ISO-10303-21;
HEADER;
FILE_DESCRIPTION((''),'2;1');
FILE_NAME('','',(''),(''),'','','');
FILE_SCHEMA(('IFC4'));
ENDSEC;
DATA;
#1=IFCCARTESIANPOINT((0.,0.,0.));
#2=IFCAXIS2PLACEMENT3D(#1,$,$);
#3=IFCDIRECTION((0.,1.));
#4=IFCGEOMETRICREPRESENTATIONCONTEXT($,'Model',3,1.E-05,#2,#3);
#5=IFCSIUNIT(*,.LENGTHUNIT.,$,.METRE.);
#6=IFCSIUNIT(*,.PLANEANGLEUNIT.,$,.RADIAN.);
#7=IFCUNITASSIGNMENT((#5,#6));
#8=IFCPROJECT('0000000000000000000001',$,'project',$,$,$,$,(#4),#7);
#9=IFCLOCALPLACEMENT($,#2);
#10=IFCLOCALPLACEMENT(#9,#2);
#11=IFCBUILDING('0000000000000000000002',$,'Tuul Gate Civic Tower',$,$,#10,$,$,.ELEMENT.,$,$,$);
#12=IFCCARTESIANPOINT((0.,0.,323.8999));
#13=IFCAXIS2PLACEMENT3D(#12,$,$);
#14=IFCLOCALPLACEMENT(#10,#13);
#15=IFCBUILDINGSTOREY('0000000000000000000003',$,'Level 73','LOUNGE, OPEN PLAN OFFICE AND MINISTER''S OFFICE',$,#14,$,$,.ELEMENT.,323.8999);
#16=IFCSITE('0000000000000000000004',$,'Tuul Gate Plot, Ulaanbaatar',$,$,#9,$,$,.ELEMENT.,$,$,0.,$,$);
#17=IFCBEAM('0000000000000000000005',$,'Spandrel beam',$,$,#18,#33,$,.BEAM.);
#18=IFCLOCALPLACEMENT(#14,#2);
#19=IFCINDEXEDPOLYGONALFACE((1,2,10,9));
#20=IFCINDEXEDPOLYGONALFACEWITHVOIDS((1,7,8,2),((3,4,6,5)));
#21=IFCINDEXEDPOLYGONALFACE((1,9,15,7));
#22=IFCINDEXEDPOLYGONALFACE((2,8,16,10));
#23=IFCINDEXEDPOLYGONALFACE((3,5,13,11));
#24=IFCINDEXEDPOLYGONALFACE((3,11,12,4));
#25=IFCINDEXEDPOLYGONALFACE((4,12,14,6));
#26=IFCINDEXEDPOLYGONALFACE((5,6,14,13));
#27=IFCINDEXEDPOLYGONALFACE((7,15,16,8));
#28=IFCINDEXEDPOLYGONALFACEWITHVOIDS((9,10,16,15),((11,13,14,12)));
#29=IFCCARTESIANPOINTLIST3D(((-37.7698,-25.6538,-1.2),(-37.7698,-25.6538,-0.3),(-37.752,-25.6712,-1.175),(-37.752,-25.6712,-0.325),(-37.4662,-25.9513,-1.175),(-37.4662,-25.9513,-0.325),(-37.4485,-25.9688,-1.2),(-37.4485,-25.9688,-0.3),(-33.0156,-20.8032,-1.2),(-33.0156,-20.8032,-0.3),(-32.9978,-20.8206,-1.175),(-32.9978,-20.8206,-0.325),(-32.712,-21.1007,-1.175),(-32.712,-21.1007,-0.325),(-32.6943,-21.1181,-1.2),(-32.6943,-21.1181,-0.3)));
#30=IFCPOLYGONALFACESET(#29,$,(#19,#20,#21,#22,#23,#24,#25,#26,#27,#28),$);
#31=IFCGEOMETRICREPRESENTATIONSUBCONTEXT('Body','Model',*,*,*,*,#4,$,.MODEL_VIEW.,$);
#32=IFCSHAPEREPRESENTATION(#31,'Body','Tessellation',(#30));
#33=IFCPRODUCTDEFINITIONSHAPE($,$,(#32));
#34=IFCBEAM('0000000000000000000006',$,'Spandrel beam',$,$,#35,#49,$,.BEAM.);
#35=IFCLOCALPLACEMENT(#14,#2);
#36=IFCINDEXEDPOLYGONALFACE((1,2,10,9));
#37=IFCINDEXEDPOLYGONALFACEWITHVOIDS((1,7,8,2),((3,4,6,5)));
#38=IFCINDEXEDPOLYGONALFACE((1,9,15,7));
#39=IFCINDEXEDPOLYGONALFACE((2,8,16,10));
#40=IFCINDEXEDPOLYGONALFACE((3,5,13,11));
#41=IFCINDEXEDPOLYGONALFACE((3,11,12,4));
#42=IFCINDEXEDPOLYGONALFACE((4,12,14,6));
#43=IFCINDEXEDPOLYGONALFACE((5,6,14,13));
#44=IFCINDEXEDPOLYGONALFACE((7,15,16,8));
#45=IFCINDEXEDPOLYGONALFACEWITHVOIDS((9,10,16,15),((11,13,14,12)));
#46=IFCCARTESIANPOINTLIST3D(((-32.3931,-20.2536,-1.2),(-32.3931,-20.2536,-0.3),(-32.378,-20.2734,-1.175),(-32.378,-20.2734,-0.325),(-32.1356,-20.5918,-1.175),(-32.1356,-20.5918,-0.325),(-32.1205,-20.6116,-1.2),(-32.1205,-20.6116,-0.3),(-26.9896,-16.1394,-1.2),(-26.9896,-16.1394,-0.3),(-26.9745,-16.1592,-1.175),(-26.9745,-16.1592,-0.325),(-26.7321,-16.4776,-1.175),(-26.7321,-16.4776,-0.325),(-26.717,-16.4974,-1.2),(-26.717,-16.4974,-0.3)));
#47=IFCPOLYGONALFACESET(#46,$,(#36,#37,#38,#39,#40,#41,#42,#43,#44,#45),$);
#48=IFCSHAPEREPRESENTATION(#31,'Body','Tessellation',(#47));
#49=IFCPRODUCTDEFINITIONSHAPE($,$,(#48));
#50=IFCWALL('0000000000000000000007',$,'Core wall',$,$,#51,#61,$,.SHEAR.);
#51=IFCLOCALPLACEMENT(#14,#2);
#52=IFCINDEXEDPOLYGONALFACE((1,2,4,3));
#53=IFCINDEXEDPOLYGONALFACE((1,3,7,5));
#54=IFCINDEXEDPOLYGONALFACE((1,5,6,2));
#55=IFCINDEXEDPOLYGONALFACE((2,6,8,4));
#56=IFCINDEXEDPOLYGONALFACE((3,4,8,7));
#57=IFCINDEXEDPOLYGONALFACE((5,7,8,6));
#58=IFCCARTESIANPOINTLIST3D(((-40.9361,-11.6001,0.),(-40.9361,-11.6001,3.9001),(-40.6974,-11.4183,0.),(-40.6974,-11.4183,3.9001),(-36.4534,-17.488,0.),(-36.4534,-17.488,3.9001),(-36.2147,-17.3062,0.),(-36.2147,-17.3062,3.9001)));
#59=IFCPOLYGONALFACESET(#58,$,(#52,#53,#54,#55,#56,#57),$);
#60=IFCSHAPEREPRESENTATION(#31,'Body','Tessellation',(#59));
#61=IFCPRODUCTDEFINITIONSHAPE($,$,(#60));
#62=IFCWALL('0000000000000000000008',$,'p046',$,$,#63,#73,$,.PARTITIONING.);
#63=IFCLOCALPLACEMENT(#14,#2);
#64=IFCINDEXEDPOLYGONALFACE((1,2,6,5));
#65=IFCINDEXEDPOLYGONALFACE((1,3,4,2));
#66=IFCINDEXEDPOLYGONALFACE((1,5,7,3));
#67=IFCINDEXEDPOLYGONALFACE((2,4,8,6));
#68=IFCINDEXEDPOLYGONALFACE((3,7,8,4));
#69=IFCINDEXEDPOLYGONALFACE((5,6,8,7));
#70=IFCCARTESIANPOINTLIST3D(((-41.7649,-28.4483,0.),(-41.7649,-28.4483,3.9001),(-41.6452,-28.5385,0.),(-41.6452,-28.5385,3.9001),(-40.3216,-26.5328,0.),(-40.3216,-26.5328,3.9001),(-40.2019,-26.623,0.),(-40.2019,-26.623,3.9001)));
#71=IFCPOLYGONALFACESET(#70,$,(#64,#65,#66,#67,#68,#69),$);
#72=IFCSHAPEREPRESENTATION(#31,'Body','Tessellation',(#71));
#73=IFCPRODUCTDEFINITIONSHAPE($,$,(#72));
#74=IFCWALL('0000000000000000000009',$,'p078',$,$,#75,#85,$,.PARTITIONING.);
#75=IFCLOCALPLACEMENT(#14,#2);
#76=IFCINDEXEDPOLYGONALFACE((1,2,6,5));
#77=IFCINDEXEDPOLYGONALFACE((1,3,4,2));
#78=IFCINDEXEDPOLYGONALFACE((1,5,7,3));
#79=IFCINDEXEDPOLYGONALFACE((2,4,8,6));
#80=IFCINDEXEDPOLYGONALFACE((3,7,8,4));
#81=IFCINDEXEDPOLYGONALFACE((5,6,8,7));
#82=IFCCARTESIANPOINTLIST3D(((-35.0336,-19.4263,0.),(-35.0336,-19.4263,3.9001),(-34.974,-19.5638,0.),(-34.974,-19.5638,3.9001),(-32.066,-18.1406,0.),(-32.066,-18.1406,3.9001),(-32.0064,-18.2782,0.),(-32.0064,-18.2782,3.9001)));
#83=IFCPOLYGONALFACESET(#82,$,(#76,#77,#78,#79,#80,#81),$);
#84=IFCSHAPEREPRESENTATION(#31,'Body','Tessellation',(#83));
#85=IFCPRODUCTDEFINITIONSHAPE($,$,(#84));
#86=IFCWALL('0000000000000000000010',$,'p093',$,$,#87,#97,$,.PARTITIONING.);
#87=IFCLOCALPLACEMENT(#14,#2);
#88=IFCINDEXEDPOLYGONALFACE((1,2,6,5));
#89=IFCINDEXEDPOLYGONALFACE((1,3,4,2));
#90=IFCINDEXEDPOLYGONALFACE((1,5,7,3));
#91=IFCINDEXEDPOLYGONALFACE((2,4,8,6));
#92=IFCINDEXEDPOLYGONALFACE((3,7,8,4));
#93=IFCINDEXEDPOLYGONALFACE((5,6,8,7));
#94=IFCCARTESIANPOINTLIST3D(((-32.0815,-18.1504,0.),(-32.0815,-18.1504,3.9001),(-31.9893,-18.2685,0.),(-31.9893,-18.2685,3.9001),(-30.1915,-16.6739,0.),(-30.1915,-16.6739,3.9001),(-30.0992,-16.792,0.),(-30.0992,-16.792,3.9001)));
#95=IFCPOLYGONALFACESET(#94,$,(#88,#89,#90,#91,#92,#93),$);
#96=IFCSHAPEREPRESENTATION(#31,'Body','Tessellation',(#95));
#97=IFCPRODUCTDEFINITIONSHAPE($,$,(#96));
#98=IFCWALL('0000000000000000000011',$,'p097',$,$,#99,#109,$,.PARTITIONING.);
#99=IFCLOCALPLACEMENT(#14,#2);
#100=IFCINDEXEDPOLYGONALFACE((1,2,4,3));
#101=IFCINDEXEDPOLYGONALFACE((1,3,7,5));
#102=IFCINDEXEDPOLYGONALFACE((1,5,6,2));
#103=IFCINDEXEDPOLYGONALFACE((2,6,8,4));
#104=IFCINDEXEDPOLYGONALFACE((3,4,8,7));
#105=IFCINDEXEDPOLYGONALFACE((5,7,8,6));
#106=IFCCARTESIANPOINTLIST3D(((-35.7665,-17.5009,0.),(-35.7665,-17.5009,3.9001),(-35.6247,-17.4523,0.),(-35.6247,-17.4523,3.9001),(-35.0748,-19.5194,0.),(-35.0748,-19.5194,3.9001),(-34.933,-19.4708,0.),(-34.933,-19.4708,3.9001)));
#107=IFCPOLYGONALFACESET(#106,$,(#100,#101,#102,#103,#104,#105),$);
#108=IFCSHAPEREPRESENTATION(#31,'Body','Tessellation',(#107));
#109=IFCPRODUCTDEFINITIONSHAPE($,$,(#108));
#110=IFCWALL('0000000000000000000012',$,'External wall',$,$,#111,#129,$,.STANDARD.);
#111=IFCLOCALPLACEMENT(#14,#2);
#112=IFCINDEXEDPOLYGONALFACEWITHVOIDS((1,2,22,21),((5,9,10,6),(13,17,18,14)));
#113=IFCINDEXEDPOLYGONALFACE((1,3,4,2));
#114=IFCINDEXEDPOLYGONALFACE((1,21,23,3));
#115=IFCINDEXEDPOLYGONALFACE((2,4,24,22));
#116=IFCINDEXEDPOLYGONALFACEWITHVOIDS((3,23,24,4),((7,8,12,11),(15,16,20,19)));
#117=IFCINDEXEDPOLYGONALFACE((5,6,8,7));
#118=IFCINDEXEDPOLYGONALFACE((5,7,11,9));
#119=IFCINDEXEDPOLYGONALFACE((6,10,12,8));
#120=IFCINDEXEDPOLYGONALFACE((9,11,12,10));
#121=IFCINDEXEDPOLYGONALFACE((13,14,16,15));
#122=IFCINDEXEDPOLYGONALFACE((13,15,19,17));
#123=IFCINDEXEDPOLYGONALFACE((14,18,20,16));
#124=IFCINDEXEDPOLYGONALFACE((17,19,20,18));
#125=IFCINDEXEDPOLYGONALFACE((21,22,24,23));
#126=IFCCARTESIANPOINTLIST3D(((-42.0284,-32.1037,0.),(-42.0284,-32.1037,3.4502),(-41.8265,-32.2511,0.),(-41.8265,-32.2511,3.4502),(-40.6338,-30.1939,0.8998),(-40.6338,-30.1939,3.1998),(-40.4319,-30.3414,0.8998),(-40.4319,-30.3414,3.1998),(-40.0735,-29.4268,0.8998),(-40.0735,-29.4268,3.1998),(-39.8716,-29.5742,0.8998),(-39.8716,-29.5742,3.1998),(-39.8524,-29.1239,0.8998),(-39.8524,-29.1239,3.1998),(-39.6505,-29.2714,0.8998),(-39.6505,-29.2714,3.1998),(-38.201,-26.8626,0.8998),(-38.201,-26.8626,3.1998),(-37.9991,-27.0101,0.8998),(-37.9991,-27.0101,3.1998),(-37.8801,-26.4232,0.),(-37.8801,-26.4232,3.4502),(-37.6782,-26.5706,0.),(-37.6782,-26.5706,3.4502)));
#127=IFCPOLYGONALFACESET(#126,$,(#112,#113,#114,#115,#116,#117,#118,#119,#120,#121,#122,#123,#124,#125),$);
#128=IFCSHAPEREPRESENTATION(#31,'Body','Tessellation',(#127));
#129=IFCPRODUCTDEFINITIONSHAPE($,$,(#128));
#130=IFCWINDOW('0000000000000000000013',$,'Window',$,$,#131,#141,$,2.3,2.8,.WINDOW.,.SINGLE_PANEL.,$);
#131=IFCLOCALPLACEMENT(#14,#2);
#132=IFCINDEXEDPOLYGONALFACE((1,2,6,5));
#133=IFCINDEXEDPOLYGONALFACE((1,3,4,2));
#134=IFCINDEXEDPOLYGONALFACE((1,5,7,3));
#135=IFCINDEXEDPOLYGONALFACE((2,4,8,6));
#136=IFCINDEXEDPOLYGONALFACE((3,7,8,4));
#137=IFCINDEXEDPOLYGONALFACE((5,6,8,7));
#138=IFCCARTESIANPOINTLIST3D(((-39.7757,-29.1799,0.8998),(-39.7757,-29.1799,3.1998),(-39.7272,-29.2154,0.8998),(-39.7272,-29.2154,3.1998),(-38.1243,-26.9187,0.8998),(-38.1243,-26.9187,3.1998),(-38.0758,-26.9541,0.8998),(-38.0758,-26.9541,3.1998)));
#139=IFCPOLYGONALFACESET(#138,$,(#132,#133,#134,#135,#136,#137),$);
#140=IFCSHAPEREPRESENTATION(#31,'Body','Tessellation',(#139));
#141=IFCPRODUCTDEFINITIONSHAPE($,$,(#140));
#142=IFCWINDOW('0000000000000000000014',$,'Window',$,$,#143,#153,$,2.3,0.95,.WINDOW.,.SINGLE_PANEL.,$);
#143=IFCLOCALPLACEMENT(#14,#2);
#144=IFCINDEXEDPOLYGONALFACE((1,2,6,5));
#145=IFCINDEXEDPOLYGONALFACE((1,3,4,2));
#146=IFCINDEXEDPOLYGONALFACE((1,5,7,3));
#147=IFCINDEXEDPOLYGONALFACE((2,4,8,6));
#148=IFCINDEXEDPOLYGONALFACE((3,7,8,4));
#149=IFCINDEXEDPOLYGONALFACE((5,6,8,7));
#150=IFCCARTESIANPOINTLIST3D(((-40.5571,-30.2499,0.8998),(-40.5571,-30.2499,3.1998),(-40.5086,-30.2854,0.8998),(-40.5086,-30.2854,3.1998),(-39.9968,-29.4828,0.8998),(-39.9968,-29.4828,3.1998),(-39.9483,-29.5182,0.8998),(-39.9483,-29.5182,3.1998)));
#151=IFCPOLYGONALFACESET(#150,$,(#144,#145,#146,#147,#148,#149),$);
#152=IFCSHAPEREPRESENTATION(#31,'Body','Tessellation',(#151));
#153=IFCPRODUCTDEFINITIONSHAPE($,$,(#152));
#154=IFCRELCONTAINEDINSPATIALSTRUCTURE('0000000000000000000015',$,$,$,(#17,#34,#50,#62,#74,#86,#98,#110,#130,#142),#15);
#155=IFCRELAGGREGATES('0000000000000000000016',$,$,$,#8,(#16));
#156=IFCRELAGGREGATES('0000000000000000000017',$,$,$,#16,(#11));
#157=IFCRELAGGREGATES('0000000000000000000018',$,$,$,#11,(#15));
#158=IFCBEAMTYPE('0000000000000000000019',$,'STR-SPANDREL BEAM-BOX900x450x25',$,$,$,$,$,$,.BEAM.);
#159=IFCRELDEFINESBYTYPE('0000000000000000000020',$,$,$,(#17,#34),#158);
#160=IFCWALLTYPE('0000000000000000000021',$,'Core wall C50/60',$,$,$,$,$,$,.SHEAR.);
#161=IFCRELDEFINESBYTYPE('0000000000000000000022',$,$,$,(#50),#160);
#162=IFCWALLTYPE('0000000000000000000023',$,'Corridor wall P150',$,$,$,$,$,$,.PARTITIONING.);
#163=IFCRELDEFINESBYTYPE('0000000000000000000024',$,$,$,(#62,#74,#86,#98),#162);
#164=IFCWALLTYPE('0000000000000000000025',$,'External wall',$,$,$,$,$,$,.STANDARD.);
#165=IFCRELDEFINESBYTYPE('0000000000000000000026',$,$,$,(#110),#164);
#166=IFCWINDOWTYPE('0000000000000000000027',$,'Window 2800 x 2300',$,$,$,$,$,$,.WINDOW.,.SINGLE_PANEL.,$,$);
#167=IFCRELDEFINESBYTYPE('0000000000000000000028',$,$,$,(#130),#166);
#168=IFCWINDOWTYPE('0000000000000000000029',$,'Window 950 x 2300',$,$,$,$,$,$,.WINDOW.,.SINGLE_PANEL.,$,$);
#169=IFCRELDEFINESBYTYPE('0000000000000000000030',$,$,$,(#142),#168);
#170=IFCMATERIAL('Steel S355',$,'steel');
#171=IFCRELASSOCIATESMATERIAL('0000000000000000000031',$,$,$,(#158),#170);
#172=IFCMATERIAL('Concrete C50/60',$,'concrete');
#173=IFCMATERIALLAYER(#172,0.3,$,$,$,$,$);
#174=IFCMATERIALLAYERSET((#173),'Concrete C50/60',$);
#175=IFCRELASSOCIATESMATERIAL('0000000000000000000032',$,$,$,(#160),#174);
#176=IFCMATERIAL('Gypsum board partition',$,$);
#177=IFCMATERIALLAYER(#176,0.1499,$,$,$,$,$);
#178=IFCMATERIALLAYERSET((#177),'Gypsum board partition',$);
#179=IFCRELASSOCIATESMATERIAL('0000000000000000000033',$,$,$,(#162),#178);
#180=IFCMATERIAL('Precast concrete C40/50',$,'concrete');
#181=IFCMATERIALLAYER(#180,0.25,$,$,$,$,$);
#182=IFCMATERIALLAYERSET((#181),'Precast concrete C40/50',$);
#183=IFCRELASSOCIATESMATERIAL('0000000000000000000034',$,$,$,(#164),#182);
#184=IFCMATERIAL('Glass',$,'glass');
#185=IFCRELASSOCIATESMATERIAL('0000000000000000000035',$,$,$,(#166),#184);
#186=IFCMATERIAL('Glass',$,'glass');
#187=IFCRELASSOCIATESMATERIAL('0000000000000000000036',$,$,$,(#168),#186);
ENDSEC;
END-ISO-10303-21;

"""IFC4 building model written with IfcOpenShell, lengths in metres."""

from ifc_helpers import new_model, si_unit, direction, frame, frame_2d, origin, origin_2d, place, context, subcontext, project, spatial, rectangle, hollow_rectangle, extrude, material, layer, layer_set, material_profile, profile_set, type_object, element, fill, save


model = new_model("IFC4")

# Units and contexts
model_context = context("Model", 3, precision=1e-05, world=origin(), true_north=direction((0.0, 1.0)))
body_context = subcontext(model_context, "Body", "Model", "MODEL_VIEW")
ifc_project = project(units=[si_unit("LENGTHUNIT", "METRE"), si_unit("PLANEANGLEUNIT", "RADIAN")], contexts=[model_context])

# Site, building, storey
site_placement = place(None, origin())
site = spatial("IfcSite", under=ifc_project, at=site_placement, Name="Tuul Gate Plot, Ulaanbaatar", CompositionType="ELEMENT", RefElevation=0.0)
building_placement = place(site_placement, origin())
building = spatial("IfcBuilding", under=site, at=building_placement, Name="Tuul Gate Civic Tower", CompositionType="ELEMENT")
storey_placement = place(building_placement, frame((0.0, 0.0, 323.8999)))
storey = spatial("IfcBuildingStorey", under=building, at=storey_placement, Name="Level 73", Description="LOUNGE, OPEN PLAN OFFICE AND MINISTER'S OFFICE", CompositionType="ELEMENT", Elevation=323.8999)

# Beams
ifc_material_1 = material(Name="Steel S355", Category="steel")
ifc_material_profile_1 = material_profile(ifc_material_1, hollow_rectangle(XDim=0.45, YDim=0.8999, WallThickness=0.0249, at=origin_2d()), Name="BOX900x450x25")
ifc_profile_set_1 = profile_set([ifc_material_profile_1], Name="Steel S355")
beam_type_1 = type_object("IfcBeamType", Name="STR-SPANDREL BEAM-BOX900x450x25", PredefinedType="BEAM", material=ifc_profile_set_1)
beam_1_placement = place(storey_placement, frame((-37.6091, -25.8113, -0.75), z_axis=(0.699972, 0.71417, 0.0), x_axis=(-0.71417, 0.699972, 0.0)))
element("IfcBeam", 1, at=beam_1_placement, inside=storey, type_object=beam_type_1, Name="Spandrel beam", PredefinedType="BEAM", context=body_context, shape_type="SweptSolid", body=[
    extrude(hollow_rectangle(XDim=0.45, YDim=0.8999, WallThickness=0.0249, at=origin_2d()), origin(), (0.0, 0.0, 1.0), 6.792),
])
beam_2_placement = place(storey_placement, frame((-32.2568, -20.4326, -0.75), z_axis=(0.795626, 0.605788, 0.0), x_axis=(-0.605788, 0.795626, 0.0)))
element("IfcBeam", 2, at=beam_2_placement, inside=storey, type_object=beam_type_1, Name="Spandrel beam", PredefinedType="BEAM", context=body_context, shape_type="SweptSolid", body=[
    extrude(hollow_rectangle(XDim=0.45, YDim=0.8999, WallThickness=0.0249, at=origin_2d()), origin(), (0.0, 0.0, 1.0), 6.7915),
])

# Walls
ifc_material_2 = material(Name="Concrete C50/60", Category="concrete")
ifc_layer_1 = layer(ifc_material_2, 0.3)
ifc_layer_set_1 = layer_set([ifc_layer_1], Name="Concrete C50/60")
wall_type_1 = type_object("IfcWallType", Name="Core wall C50/60", PredefinedType="SHEAR", material=ifc_layer_set_1)
wall_1_placement = place(storey_placement, frame((-36.334, -17.3972, 0.0), z_axis=(0.0, 0.0, 1.0), x_axis=(-0.605754, 0.795652, 0.0)))
element("IfcWall", 3, at=wall_1_placement, inside=storey, type_object=wall_type_1, Name="Core wall", PredefinedType="SHEAR", context=body_context, shape_type="SweptSolid", body=[
    extrude(rectangle(XDim=7.4001, YDim=0.3, at=frame_2d((3.7002, 0.0))), origin(), (0.0, 0.0, 1.0), 3.9001),
])
ifc_material_3 = material(Name="Gypsum board partition")
ifc_layer_2 = layer(ifc_material_3, 0.1499)
ifc_layer_set_2 = layer_set([ifc_layer_2], Name="Gypsum board partition")
wall_type_2 = type_object("IfcWallType", Name="Corridor wall P150", PredefinedType="PARTITIONING", material=ifc_layer_set_2)
wall_2_placement = place(storey_placement, frame((-41.7051, -28.4934, 0.0), z_axis=(0.0, 0.0, 1.0), x_axis=(0.60179, 0.798654, 0.0)))
element("IfcWall", 4, at=wall_2_placement, inside=storey, type_object=wall_type_2, Name="p046", PredefinedType="PARTITIONING", context=body_context, shape_type="SweptSolid", body=[
    extrude(rectangle(XDim=2.3984, YDim=0.1499, at=frame_2d((1.1992, 0.0))), origin(), (0.0, 0.0, 1.0), 3.9001),
])
wall_3_placement = place(storey_placement, frame((-35.0039, -19.4951, 0.0), z_axis=(0.0, 0.0, 1.0), x_axis=(0.917588, 0.397533, 0.0)))
element("IfcWall", 5, at=wall_3_placement, inside=storey, type_object=wall_type_2, Name="p078", PredefinedType="PARTITIONING", context=body_context, shape_type="SweptSolid", body=[
    extrude(rectangle(XDim=3.2341, YDim=0.1499, at=frame_2d((1.6172, 0.0))), origin(), (0.0, 0.0, 1.0), 3.9001),
])
wall_4_placement = place(storey_placement, frame((-32.0354, -18.2095, 0.0), z_axis=(0.0, 0.0, 1.0), x_axis=(0.788046, 0.615616, 0.0)))
element("IfcWall", 6, at=wall_4_placement, inside=storey, type_object=wall_type_2, Name="p093", PredefinedType="PARTITIONING", context=body_context, shape_type="SweptSolid", body=[
    extrude(rectangle(XDim=2.3984, YDim=0.1499, at=frame_2d((1.1992, 0.0))), origin(), (0.0, 0.0, 1.0), 3.9001),
])
wall_5_placement = place(storey_placement, frame((-35.6956, -17.4766, 0.0), z_axis=(0.0, 0.0, 1.0), x_axis=(0.324146, -0.946007, 0.0)))
element("IfcWall", 7, at=wall_5_placement, inside=storey, type_object=wall_type_2, Name="p097", PredefinedType="PARTITIONING", context=body_context, shape_type="SweptSolid", body=[
    extrude(rectangle(XDim=2.1338, YDim=0.1499, at=frame_2d((1.0669, 0.0))), origin(), (0.0, 0.0, 1.0), 3.9001),
])

# Wall, openings, windows
ifc_material_4 = material(Name="Precast concrete C40/50", Category="concrete")
ifc_layer_3 = layer(ifc_material_4, 0.25)
ifc_layer_set_3 = layer_set([ifc_layer_3], Name="Precast concrete C40/50")
wall_type_3 = type_object("IfcWallType", Name="External wall", PredefinedType="STANDARD", material=ifc_layer_set_3)
wall_6_placement = place(storey_placement, frame((-41.9275, -32.1775, 0.0), z_axis=(0.0, 0.0, 1.0), x_axis=(0.589749, 0.807586, 0.0)))
wall_6 = element("IfcWall", 8, at=wall_6_placement, inside=storey, type_object=wall_type_3, Name="External wall", PredefinedType="STANDARD", context=body_context, shape_type="SweptSolid", body=[
    extrude(rectangle(XDim=7.0339, YDim=0.25, at=frame_2d((3.5171, 0.0))), origin(), (0.0, 0.0, 1.0), 3.4502),
])
opening_1_placement = place(wall_6_placement, frame((2.3647, 0.0, 0.8999)))
opening_1 = element("IfcOpeningElement", 9, at=opening_1_placement, cuts=wall_6, PredefinedType="OPENING", context=body_context, shape_type="SweptSolid", body=[
    extrude(rectangle(XDim=0.95, YDim=2.3, at=frame_2d((0.4751, 1.1499))), frame((0.0, 0.135, 0.0), z_axis=(0.0, -1.0, 0.0), x_axis=(1.0, 0.0, 0.0)), (0.0, 0.0, 1.0), 0.27),
])
opening_2_placement = place(wall_6_placement, frame((3.6899, 0.0, 0.8999)))
opening_2 = element("IfcOpeningElement", 10, at=opening_2_placement, cuts=wall_6, PredefinedType="OPENING", context=body_context, shape_type="SweptSolid", body=[
    extrude(rectangle(XDim=2.8, YDim=2.3, at=frame_2d((1.3999, 1.1499))), frame((0.0, 0.135, 0.0), z_axis=(0.0, -1.0, 0.0), x_axis=(1.0, 0.0, 0.0)), (0.0, 0.0, 1.0), 0.27),
])
ifc_material_5 = material(Name="Glass", Category="glass")
window_type_1 = type_object("IfcWindowType", Name="Window 2800 x 2300", PartitioningType="SINGLE_PANEL", PredefinedType="WINDOW", material=ifc_material_5)
window_1_placement = place(opening_2_placement, origin())
window_1 = element("IfcWindow", 11, at=window_1_placement, inside=storey, type_object=window_type_1, Name="Window", OverallHeight=2.3, OverallWidth=2.8, PartitioningType="SINGLE_PANEL", PredefinedType="WINDOW", context=body_context, shape_type="SweptSolid", body=[
    extrude(rectangle(XDim=2.8, YDim=2.3, at=frame_2d((1.3999, 1.1499))), frame((0.0, 0.03, 0.0), z_axis=(0.0, -1.0, 0.0), x_axis=(1.0, 0.0, 0.0)), (0.0, 0.0, 1.0), 0.0601),
])
fill(opening_2, window_1)
ifc_material_6 = material(Name="Glass", Category="glass")
window_type_2 = type_object("IfcWindowType", Name="Window 950 x 2300", PartitioningType="SINGLE_PANEL", PredefinedType="WINDOW", material=ifc_material_6)
window_2_placement = place(opening_1_placement, origin())
window_2 = element("IfcWindow", 12, at=window_2_placement, inside=storey, type_object=window_type_2, Name="Window", OverallHeight=2.3, OverallWidth=0.95, PartitioningType="SINGLE_PANEL", PredefinedType="WINDOW", context=body_context, shape_type="SweptSolid", body=[
    extrude(rectangle(XDim=0.95, YDim=2.3, at=frame_2d((0.4751, 1.1499))), frame((0.0, 0.03, 0.0), z_axis=(0.0, -1.0, 0.0), x_axis=(1.0, 0.0, 0.0)), (0.0, 0.0, 1.0), 0.0601),
])
fill(opening_1, window_2)

save(model, "model.ifc")
